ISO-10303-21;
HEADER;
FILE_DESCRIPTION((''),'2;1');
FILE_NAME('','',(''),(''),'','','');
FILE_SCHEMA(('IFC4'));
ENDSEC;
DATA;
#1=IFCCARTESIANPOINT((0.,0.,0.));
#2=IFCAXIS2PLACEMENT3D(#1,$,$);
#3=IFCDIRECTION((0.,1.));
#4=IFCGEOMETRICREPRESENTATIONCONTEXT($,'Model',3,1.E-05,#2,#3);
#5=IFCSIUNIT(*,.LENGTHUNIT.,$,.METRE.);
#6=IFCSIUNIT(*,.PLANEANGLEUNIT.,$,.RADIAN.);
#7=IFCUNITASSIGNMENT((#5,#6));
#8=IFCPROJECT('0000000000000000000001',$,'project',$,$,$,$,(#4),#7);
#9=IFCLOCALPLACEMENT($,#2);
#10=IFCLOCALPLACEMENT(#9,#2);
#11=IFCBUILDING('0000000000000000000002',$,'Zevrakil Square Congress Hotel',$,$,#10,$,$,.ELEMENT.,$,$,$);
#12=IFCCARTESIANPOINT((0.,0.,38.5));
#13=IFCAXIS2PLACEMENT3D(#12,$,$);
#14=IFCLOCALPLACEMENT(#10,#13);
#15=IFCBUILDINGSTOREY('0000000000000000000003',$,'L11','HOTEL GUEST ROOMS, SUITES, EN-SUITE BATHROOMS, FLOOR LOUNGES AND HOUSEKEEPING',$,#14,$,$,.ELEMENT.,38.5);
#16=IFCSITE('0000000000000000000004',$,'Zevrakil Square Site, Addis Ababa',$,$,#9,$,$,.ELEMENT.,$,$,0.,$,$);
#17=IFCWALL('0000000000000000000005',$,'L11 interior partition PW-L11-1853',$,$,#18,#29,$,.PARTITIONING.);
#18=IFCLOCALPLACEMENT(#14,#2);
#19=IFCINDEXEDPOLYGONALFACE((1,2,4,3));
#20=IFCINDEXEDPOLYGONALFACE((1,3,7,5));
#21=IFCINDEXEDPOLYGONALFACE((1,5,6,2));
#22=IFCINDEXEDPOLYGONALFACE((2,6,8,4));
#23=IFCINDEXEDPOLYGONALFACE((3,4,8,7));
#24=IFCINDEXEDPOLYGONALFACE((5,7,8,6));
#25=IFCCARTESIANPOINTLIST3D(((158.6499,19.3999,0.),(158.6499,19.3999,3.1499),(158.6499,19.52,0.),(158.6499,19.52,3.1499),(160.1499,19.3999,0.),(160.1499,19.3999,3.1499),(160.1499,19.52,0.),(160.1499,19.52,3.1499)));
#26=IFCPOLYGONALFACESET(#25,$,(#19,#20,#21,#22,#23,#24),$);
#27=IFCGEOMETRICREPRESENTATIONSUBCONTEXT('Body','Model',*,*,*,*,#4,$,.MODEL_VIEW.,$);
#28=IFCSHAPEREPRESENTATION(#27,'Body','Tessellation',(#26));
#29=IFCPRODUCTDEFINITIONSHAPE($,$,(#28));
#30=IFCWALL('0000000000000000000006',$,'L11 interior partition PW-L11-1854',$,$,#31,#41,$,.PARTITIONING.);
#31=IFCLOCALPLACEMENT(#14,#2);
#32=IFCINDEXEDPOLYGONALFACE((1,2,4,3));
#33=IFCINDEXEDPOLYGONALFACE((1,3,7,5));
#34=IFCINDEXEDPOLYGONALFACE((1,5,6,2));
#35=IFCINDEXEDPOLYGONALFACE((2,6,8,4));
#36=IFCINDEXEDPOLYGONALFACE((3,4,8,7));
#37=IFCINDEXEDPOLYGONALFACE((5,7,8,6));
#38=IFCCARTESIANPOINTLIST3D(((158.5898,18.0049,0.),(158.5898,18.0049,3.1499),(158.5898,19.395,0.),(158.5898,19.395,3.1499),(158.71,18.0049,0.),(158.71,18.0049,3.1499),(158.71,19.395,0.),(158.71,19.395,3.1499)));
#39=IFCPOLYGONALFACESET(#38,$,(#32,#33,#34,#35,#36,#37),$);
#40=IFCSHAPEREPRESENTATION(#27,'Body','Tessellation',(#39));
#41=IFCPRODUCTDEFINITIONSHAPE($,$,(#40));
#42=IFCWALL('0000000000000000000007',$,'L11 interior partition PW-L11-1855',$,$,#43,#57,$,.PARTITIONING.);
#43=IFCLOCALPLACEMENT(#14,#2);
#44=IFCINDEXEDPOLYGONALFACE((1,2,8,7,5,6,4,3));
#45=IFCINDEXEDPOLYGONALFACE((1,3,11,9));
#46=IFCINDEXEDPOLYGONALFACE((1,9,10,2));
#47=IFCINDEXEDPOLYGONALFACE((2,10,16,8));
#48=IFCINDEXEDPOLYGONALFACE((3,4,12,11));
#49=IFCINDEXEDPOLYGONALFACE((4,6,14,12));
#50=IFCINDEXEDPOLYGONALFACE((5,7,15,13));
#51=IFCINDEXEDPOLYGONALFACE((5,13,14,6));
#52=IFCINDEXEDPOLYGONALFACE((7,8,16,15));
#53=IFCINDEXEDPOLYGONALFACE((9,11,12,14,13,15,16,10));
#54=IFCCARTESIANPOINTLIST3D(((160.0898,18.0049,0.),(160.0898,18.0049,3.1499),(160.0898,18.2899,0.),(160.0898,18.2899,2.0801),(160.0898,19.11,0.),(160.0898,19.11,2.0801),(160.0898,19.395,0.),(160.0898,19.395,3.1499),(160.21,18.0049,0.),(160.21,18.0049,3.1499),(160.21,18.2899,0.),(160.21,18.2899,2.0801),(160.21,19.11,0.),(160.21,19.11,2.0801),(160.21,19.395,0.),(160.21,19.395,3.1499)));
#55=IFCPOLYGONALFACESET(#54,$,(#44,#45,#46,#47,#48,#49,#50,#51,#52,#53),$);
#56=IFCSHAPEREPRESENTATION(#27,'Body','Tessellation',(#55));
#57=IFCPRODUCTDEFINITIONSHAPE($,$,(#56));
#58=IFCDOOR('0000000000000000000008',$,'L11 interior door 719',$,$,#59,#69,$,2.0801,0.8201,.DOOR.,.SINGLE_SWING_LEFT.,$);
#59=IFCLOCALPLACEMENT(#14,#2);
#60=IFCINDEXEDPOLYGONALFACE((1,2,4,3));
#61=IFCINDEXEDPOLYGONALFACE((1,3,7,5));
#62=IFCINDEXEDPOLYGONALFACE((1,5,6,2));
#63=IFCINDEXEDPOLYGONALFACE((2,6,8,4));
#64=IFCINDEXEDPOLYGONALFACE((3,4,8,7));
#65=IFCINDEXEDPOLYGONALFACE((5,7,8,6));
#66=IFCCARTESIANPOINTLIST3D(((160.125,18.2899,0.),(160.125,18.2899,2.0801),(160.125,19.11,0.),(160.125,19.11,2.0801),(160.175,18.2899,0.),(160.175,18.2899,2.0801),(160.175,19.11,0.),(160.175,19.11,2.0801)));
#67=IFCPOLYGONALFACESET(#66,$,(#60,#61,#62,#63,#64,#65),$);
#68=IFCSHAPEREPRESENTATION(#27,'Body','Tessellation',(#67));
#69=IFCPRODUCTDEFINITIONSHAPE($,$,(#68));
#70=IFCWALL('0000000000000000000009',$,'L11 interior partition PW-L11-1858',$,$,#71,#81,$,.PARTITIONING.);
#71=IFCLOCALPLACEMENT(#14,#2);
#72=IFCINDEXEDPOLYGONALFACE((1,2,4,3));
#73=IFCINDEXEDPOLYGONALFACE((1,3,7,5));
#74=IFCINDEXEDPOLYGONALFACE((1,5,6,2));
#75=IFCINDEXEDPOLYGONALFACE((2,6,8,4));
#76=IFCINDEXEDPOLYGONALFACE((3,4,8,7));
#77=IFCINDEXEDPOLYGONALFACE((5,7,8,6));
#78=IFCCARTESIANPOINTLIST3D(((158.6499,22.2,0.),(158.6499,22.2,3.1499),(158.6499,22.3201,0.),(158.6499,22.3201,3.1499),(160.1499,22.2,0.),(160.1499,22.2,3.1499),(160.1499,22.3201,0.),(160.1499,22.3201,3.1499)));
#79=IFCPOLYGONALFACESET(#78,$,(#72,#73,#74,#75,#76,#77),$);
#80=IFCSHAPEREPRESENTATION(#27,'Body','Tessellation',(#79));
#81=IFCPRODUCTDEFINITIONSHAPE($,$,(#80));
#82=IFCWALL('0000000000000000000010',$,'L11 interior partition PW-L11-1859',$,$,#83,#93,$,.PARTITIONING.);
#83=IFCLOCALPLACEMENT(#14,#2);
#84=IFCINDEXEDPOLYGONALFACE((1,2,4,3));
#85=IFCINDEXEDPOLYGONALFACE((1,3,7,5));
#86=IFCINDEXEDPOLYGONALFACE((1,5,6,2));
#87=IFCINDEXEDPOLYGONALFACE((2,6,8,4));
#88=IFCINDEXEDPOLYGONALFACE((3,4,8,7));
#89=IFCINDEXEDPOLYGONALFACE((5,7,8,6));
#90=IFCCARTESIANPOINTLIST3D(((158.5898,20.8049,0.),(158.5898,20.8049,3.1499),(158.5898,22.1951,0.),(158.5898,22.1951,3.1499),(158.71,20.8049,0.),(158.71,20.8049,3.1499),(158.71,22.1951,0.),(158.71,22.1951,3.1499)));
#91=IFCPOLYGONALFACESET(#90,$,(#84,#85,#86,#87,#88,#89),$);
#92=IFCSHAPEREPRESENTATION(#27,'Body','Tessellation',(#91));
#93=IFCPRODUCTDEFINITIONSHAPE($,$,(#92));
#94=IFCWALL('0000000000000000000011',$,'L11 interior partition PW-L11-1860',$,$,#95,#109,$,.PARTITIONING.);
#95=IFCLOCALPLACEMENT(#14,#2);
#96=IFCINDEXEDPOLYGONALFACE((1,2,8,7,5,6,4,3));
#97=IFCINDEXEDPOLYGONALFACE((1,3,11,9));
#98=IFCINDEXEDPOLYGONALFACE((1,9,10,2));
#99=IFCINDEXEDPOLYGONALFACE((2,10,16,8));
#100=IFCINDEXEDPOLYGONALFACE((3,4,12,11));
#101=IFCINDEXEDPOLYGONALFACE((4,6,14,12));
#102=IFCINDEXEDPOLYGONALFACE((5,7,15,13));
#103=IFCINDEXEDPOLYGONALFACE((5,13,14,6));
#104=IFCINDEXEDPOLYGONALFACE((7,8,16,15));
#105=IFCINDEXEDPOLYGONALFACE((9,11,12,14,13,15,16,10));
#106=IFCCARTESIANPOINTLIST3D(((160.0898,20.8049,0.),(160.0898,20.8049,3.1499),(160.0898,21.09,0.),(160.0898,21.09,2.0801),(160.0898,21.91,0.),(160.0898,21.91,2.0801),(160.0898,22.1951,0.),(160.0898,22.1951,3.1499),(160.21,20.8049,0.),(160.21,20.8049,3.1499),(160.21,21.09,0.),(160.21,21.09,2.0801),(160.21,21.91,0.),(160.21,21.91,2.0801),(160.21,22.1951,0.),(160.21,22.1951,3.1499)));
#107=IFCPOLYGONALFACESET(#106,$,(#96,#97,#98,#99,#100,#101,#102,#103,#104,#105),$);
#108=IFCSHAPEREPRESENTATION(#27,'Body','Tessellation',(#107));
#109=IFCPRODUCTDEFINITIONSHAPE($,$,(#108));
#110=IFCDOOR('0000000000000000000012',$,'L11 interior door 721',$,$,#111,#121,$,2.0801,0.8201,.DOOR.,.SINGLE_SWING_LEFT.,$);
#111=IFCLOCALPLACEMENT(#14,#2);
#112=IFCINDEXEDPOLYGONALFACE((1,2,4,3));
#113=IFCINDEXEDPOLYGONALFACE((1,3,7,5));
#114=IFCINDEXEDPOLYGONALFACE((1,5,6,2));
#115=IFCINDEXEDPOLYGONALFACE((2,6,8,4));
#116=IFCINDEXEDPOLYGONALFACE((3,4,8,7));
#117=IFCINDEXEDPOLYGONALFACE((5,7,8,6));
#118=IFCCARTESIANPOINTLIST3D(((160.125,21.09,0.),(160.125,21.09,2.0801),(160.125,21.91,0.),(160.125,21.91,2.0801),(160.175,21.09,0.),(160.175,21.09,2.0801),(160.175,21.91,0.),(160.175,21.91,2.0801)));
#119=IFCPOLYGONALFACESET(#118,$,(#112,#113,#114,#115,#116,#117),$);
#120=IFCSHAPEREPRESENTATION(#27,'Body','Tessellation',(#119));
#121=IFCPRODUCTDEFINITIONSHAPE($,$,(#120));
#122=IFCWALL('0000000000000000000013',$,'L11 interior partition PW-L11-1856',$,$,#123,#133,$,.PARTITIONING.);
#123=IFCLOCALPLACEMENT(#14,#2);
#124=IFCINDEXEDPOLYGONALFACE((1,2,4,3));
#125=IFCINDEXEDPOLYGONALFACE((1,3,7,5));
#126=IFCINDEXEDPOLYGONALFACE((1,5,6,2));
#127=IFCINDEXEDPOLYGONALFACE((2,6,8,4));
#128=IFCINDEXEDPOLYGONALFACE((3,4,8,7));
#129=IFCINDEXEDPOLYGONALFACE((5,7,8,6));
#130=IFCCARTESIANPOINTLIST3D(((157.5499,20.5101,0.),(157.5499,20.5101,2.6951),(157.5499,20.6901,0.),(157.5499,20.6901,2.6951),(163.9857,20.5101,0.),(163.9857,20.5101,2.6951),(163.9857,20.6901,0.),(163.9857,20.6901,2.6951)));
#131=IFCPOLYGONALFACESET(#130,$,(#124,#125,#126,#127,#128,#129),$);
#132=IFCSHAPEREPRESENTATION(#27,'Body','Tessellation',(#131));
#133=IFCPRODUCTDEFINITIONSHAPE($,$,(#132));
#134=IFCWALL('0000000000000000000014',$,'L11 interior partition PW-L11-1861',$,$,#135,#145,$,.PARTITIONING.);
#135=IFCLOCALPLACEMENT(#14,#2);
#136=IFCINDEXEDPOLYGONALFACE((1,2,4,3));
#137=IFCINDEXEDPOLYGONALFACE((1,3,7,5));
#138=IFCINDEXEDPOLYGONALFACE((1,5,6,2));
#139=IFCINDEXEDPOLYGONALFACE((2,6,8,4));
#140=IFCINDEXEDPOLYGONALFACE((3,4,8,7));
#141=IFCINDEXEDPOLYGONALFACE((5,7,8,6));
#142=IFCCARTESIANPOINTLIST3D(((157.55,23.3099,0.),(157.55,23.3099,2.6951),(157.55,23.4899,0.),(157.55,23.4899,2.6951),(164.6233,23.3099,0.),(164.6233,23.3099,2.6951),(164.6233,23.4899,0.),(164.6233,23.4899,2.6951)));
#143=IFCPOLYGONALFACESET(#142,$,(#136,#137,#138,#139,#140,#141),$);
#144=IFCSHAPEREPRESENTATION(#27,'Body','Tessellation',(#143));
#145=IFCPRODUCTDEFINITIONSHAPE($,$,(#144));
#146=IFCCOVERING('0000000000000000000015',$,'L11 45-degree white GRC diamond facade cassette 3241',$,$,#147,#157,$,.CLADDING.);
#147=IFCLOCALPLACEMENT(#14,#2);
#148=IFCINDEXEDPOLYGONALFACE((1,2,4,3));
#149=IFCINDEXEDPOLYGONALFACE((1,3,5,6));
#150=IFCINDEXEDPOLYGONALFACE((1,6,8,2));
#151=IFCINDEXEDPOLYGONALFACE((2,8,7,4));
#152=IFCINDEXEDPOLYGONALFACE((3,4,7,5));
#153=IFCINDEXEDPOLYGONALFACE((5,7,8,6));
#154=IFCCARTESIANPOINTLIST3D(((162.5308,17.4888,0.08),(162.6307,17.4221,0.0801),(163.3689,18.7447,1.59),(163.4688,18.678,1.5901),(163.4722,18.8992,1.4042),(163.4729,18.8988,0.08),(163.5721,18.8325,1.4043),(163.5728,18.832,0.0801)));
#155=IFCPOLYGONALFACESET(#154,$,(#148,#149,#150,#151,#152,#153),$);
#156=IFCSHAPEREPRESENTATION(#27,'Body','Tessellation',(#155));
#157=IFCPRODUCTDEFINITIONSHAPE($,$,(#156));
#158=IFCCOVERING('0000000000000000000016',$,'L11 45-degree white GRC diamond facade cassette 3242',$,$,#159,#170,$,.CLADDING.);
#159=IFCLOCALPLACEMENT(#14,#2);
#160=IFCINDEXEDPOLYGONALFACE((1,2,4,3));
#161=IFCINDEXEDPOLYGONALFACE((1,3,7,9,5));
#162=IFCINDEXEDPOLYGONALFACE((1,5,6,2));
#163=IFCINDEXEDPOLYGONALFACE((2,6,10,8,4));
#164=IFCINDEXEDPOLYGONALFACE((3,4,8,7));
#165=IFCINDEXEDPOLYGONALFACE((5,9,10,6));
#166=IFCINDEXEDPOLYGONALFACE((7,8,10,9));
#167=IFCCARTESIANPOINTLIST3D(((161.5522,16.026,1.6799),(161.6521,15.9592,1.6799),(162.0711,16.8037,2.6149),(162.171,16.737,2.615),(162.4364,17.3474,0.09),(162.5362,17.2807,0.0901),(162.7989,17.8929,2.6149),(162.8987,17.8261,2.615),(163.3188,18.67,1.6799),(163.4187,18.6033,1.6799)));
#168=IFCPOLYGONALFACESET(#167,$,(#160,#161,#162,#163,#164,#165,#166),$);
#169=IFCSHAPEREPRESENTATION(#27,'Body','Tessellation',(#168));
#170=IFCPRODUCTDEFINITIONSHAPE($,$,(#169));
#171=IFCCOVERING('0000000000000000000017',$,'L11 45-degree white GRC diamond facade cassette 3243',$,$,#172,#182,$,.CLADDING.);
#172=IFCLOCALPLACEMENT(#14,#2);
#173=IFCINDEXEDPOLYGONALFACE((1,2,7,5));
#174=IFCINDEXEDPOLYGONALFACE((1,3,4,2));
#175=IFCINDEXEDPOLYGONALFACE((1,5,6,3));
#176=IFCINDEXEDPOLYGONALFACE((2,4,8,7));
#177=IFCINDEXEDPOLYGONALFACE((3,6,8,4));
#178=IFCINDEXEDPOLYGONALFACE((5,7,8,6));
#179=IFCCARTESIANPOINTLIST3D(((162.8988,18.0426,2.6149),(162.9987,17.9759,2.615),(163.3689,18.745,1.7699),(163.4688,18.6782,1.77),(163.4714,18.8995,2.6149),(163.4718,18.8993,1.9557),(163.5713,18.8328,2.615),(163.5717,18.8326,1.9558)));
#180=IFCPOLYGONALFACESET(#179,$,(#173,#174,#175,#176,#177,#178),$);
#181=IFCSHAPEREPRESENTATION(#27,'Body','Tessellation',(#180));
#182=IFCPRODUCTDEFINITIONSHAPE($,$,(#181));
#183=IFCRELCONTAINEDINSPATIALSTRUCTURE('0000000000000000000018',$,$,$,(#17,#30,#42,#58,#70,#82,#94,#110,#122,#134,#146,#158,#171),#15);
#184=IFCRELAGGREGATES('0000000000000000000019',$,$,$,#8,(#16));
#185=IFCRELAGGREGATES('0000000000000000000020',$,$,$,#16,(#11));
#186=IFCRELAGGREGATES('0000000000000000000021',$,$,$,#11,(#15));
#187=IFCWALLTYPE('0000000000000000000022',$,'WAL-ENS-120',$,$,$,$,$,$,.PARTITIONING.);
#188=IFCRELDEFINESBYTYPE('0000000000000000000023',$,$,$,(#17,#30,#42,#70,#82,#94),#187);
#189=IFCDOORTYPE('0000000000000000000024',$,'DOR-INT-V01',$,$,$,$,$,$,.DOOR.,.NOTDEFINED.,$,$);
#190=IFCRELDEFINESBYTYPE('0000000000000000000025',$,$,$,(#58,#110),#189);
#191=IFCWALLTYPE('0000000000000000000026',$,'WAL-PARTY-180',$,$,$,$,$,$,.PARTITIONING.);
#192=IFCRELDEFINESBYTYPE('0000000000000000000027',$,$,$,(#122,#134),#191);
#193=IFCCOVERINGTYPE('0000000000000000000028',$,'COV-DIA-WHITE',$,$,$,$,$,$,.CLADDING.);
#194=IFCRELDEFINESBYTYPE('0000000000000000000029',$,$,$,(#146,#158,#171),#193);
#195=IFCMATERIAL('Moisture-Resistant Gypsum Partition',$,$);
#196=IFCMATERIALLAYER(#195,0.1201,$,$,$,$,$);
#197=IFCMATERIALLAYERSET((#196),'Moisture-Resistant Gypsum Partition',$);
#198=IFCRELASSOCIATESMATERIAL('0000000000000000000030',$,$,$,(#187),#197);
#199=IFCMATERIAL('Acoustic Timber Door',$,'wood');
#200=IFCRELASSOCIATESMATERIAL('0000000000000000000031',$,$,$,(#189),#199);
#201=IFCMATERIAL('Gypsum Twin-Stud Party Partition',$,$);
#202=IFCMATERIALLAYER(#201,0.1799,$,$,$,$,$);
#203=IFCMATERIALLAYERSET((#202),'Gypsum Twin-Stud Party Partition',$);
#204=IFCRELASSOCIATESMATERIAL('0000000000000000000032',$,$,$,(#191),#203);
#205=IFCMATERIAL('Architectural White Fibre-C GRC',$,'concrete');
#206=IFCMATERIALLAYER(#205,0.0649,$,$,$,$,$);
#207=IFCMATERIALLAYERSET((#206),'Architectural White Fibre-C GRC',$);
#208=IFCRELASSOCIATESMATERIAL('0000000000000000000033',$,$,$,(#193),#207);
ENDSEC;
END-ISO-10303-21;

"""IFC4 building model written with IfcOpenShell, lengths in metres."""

from ifc_helpers import new_model, si_unit, direction, frame, frame_2d, origin, place, context, subcontext, project, spatial, polyline, rectangle, outline, extrude, material, layer, layer_set, type_object, element, fill, save


model = new_model("IFC4")

# Units and contexts
model_context = context("Model", 3, precision=1e-05, world=origin(), true_north=direction((0.0, 1.0)))
body_context = subcontext(model_context, "Body", "Model", "MODEL_VIEW")
ifc_project = project(units=[si_unit("LENGTHUNIT", "METRE"), si_unit("PLANEANGLEUNIT", "RADIAN")], contexts=[model_context])

# Site, building, storey
site_placement = place(None, origin())
site = spatial("IfcSite", under=ifc_project, at=site_placement, Name="Zevrakil Square Site, Addis Ababa", CompositionType="ELEMENT", RefElevation=0.0)
building_placement = place(site_placement, origin())
building = spatial("IfcBuilding", under=site, at=building_placement, Name="Zevrakil Square Congress Hotel", CompositionType="ELEMENT")
storey_placement = place(building_placement, frame((0.0, 0.0, 38.5)))
storey = spatial("IfcBuildingStorey", under=building, at=storey_placement, Name="L11", Description="HOTEL GUEST ROOMS, SUITES, EN-SUITE BATHROOMS, FLOOR LOUNGES AND HOUSEKEEPING", CompositionType="ELEMENT", Elevation=38.5)

# Walls
ifc_material_1 = material(Name="Moisture-Resistant Gypsum Partition")
ifc_layer_1 = layer(ifc_material_1, 0.1201)
ifc_layer_set_1 = layer_set([ifc_layer_1], Name="Moisture-Resistant Gypsum Partition")
wall_type_1 = type_object("IfcWallType", Name="WAL-ENS-120", PredefinedType="PARTITIONING", material=ifc_layer_set_1)
wall_1_placement = place(storey_placement, frame((158.6499, 19.46, 0.0), z_axis=(0.0, 0.0, 1.0), x_axis=(1.0, 0.0, 0.0)))
element("IfcWall", 1, at=wall_1_placement, inside=storey, type_object=wall_type_1, Name="L11 interior partition PW-L11-1853", PredefinedType="PARTITIONING", context=body_context, shape_type="SweptSolid", body=[
    extrude(rectangle(XDim=1.5, YDim=0.1201, at=frame_2d((0.75, 0.0))), origin(), (0.0, 0.0, 1.0), 3.1499),
])
wall_2_placement = place(storey_placement, frame((158.6499, 18.0049, 0.0), z_axis=(0.0, 0.0, 1.0), x_axis=(0.0, 1.0, 0.0)))
element("IfcWall", 2, at=wall_2_placement, inside=storey, type_object=wall_type_1, Name="L11 interior partition PW-L11-1854", PredefinedType="PARTITIONING", context=body_context, shape_type="SweptSolid", body=[
    extrude(rectangle(XDim=1.3901, YDim=0.1201, at=frame_2d((0.6951, 0.0))), origin(), (0.0, 0.0, 1.0), 3.1499),
])

# Wall, opening, door
wall_3_placement = place(storey_placement, frame((160.1499, 18.0049, 0.0), z_axis=(0.0, 0.0, 1.0), x_axis=(0.0, 1.0, 0.0)))
wall_3 = element("IfcWall", 3, at=wall_3_placement, inside=storey, type_object=wall_type_1, Name="L11 interior partition PW-L11-1855", PredefinedType="PARTITIONING", context=body_context, shape_type="SweptSolid", body=[
    extrude(rectangle(XDim=1.3901, YDim=0.1201, at=frame_2d((0.6951, 0.0))), origin(), (0.0, 0.0, 1.0), 3.1499),
])
opening_1_placement = place(wall_3_placement, frame((0.2849, 0.0, 0.0)))
opening_1 = element("IfcOpeningElement", 4, at=opening_1_placement, cuts=wall_3, PredefinedType="OPENING", context=body_context, shape_type="SweptSolid", body=[
    extrude(rectangle(XDim=0.8201, YDim=2.0801, at=frame_2d((0.4102, 1.04))), frame((0.0, 0.0701, 0.0), z_axis=(0.0, -1.0, 0.0), x_axis=(1.0, 0.0, 0.0)), (0.0, 0.0, 1.0), 0.1401),
])
ifc_material_2 = material(Name="Acoustic Timber Door", Category="wood")
door_type_1 = type_object("IfcDoorType", Name="DOR-INT-V01", OperationType="NOTDEFINED", PredefinedType="DOOR", material=ifc_material_2)
door_1_placement = place(opening_1_placement, origin())
door_1 = element("IfcDoor", 5, at=door_1_placement, inside=storey, type_object=door_type_1, Name="L11 interior door 719", OperationType="SINGLE_SWING_LEFT", OverallHeight=2.0801, OverallWidth=0.8201, PredefinedType="DOOR", context=body_context, shape_type="SweptSolid", body=[
    extrude(rectangle(XDim=0.8201, YDim=2.0801, at=frame_2d((0.4102, 1.04))), frame((0.0, 0.0249, 0.0), z_axis=(0.0, -1.0, 0.0), x_axis=(1.0, 0.0, 0.0)), (0.0, 0.0, 1.0), 0.05),
])
fill(opening_1, door_1)

# Walls
wall_4_placement = place(storey_placement, frame((158.6499, 22.26, 0.0), z_axis=(0.0, 0.0, 1.0), x_axis=(1.0, 0.0, 0.0)))
element("IfcWall", 6, at=wall_4_placement, inside=storey, type_object=wall_type_1, Name="L11 interior partition PW-L11-1858", PredefinedType="PARTITIONING", context=body_context, shape_type="SweptSolid", body=[
    extrude(rectangle(XDim=1.5, YDim=0.1201, at=frame_2d((0.75, 0.0))), origin(), (0.0, 0.0, 1.0), 3.1499),
])
wall_5_placement = place(storey_placement, frame((158.6499, 20.8049, 0.0), z_axis=(0.0, 0.0, 1.0), x_axis=(0.0, 1.0, 0.0)))
element("IfcWall", 7, at=wall_5_placement, inside=storey, type_object=wall_type_1, Name="L11 interior partition PW-L11-1859", PredefinedType="PARTITIONING", context=body_context, shape_type="SweptSolid", body=[
    extrude(rectangle(XDim=1.3901, YDim=0.1201, at=frame_2d((0.6951, 0.0))), origin(), (0.0, 0.0, 1.0), 3.1499),
])

# Wall, opening, door
wall_6_placement = place(storey_placement, frame((160.1499, 20.8049, 0.0), z_axis=(0.0, 0.0, 1.0), x_axis=(0.0, 1.0, 0.0)))
wall_6 = element("IfcWall", 8, at=wall_6_placement, inside=storey, type_object=wall_type_1, Name="L11 interior partition PW-L11-1860", PredefinedType="PARTITIONING", context=body_context, shape_type="SweptSolid", body=[
    extrude(rectangle(XDim=1.3901, YDim=0.1201, at=frame_2d((0.6951, 0.0))), origin(), (0.0, 0.0, 1.0), 3.1499),
])
opening_2_placement = place(wall_6_placement, frame((0.2849, 0.0, 0.0)))
opening_2 = element("IfcOpeningElement", 9, at=opening_2_placement, cuts=wall_6, PredefinedType="OPENING", context=body_context, shape_type="SweptSolid", body=[
    extrude(rectangle(XDim=0.8201, YDim=2.0801, at=frame_2d((0.4102, 1.04))), frame((0.0, 0.0701, 0.0), z_axis=(0.0, -1.0, 0.0), x_axis=(1.0, 0.0, 0.0)), (0.0, 0.0, 1.0), 0.1401),
])
door_2_placement = place(opening_2_placement, origin())
door_2 = element("IfcDoor", 10, at=door_2_placement, inside=storey, type_object=door_type_1, Name="L11 interior door 721", OperationType="SINGLE_SWING_LEFT", OverallHeight=2.0801, OverallWidth=0.8201, PredefinedType="DOOR", context=body_context, shape_type="SweptSolid", body=[
    extrude(rectangle(XDim=0.8201, YDim=2.0801, at=frame_2d((0.4102, 1.04))), frame((0.0, 0.0249, 0.0), z_axis=(0.0, -1.0, 0.0), x_axis=(1.0, 0.0, 0.0)), (0.0, 0.0, 1.0), 0.05),
])
fill(opening_2, door_2)

# Walls
ifc_material_3 = material(Name="Gypsum Twin-Stud Party Partition")
ifc_layer_2 = layer(ifc_material_3, 0.1799)
ifc_layer_set_2 = layer_set([ifc_layer_2], Name="Gypsum Twin-Stud Party Partition")
wall_type_2 = type_object("IfcWallType", Name="WAL-PARTY-180", PredefinedType="PARTITIONING", material=ifc_layer_set_2)
wall_7_placement = place(storey_placement, frame((157.55, 20.6001, 0.0), z_axis=(0.0, 0.0, 1.0), x_axis=(1.0, 0.0, 0.0)))
element("IfcWall", 11, at=wall_7_placement, inside=storey, type_object=wall_type_2, Name="L11 interior partition PW-L11-1856", PredefinedType="PARTITIONING", context=body_context, shape_type="SweptSolid", body=[
    extrude(rectangle(XDim=6.4358, YDim=0.1799, at=frame_2d((3.2178, 0.0))), origin(), (0.0, 0.0, 1.0), 2.6951),
])
wall_8_placement = place(storey_placement, frame((157.55, 23.3999, 0.0), z_axis=(0.0, 0.0, 1.0), x_axis=(1.0, 0.0, 0.0)))
element("IfcWall", 12, at=wall_8_placement, inside=storey, type_object=wall_type_2, Name="L11 interior partition PW-L11-1861", PredefinedType="PARTITIONING", context=body_context, shape_type="SweptSolid", body=[
    extrude(rectangle(XDim=7.0732, YDim=0.1799, at=frame_2d((3.5366, 0.0))), origin(), (0.0, 0.0, 1.0), 2.6951),
])

# Coverings
ifc_material_4 = material(Name="Architectural White Fibre-C GRC", Category="concrete")
ifc_layer_3 = layer(ifc_material_4, 0.0649)
ifc_layer_set_3 = layer_set([ifc_layer_3], Name="Architectural White Fibre-C GRC")
covering_type_1 = type_object("IfcCoveringType", Name="COV-DIA-WHITE", PredefinedType="CLADDING", material=ifc_layer_set_3)
covering_1_placement = place(storey_placement, frame((163.4688, 18.678, 1.5901), z_axis=(0.831483, -0.555549, 0.000592), x_axis=(0.393265, 0.587841, -0.706955)))
element("IfcCovering", 13, at=covering_1_placement, inside=storey, type_object=covering_type_1, Name="L11 45-degree white GRC diamond facade cassette 3241", PredefinedType="CLADDING", context=body_context, shape_type="SweptSolid", body=[
    extrude(outline(polyline([(0.0, 0.0), (0.2628, 0.0), (1.199, -0.9366), (-0.0003, -2.1354), (0.0, 0.0)])), origin(), (0.0, 0.0, -1.0), 0.1201),
])
covering_2_placement = place(storey_placement, frame((163.4187, 18.6033, 1.6799), z_axis=(0.831478, -0.555557, 0.000647), x_axis=(-0.392471, -0.588219, -0.707082)))
element("IfcCovering", 14, at=covering_2_placement, inside=storey, type_object=covering_type_1, Name="L11 45-degree white GRC diamond facade cassette 3242", PredefinedType="CLADDING", context=body_context, shape_type="SweptSolid", body=[
    extrude(outline(polyline([(0.0, 0.0), (2.2485, 0.0), (2.2486, -2.2485), (0.9263, -2.2486), (0.0, -1.3224), (0.0, 0.0)])), origin(), (0.0, 0.0, -1.0), 0.1201),
])
covering_3_placement = place(storey_placement, frame((163.4688, 18.6782, 1.77), z_axis=(0.831464, -0.555578, 0.000712), x_axis=(-0.393306, -0.587706, 0.707044)))
element("IfcCovering", 15, at=covering_3_placement, inside=storey, type_object=covering_type_1, Name="L11 45-degree white GRC diamond facade cassette 3243", PredefinedType="CLADDING", context=body_context, shape_type="SweptSolid", body=[
    extrude(outline(polyline([(0.0, 0.0), (1.1951, 0.0), (0.4663, -0.7287), (0.0002, -0.2626), (0.0, 0.0)])), origin(), (0.0, 0.0, -1.0), 0.1201),
])

save(model, "model.ifc")
